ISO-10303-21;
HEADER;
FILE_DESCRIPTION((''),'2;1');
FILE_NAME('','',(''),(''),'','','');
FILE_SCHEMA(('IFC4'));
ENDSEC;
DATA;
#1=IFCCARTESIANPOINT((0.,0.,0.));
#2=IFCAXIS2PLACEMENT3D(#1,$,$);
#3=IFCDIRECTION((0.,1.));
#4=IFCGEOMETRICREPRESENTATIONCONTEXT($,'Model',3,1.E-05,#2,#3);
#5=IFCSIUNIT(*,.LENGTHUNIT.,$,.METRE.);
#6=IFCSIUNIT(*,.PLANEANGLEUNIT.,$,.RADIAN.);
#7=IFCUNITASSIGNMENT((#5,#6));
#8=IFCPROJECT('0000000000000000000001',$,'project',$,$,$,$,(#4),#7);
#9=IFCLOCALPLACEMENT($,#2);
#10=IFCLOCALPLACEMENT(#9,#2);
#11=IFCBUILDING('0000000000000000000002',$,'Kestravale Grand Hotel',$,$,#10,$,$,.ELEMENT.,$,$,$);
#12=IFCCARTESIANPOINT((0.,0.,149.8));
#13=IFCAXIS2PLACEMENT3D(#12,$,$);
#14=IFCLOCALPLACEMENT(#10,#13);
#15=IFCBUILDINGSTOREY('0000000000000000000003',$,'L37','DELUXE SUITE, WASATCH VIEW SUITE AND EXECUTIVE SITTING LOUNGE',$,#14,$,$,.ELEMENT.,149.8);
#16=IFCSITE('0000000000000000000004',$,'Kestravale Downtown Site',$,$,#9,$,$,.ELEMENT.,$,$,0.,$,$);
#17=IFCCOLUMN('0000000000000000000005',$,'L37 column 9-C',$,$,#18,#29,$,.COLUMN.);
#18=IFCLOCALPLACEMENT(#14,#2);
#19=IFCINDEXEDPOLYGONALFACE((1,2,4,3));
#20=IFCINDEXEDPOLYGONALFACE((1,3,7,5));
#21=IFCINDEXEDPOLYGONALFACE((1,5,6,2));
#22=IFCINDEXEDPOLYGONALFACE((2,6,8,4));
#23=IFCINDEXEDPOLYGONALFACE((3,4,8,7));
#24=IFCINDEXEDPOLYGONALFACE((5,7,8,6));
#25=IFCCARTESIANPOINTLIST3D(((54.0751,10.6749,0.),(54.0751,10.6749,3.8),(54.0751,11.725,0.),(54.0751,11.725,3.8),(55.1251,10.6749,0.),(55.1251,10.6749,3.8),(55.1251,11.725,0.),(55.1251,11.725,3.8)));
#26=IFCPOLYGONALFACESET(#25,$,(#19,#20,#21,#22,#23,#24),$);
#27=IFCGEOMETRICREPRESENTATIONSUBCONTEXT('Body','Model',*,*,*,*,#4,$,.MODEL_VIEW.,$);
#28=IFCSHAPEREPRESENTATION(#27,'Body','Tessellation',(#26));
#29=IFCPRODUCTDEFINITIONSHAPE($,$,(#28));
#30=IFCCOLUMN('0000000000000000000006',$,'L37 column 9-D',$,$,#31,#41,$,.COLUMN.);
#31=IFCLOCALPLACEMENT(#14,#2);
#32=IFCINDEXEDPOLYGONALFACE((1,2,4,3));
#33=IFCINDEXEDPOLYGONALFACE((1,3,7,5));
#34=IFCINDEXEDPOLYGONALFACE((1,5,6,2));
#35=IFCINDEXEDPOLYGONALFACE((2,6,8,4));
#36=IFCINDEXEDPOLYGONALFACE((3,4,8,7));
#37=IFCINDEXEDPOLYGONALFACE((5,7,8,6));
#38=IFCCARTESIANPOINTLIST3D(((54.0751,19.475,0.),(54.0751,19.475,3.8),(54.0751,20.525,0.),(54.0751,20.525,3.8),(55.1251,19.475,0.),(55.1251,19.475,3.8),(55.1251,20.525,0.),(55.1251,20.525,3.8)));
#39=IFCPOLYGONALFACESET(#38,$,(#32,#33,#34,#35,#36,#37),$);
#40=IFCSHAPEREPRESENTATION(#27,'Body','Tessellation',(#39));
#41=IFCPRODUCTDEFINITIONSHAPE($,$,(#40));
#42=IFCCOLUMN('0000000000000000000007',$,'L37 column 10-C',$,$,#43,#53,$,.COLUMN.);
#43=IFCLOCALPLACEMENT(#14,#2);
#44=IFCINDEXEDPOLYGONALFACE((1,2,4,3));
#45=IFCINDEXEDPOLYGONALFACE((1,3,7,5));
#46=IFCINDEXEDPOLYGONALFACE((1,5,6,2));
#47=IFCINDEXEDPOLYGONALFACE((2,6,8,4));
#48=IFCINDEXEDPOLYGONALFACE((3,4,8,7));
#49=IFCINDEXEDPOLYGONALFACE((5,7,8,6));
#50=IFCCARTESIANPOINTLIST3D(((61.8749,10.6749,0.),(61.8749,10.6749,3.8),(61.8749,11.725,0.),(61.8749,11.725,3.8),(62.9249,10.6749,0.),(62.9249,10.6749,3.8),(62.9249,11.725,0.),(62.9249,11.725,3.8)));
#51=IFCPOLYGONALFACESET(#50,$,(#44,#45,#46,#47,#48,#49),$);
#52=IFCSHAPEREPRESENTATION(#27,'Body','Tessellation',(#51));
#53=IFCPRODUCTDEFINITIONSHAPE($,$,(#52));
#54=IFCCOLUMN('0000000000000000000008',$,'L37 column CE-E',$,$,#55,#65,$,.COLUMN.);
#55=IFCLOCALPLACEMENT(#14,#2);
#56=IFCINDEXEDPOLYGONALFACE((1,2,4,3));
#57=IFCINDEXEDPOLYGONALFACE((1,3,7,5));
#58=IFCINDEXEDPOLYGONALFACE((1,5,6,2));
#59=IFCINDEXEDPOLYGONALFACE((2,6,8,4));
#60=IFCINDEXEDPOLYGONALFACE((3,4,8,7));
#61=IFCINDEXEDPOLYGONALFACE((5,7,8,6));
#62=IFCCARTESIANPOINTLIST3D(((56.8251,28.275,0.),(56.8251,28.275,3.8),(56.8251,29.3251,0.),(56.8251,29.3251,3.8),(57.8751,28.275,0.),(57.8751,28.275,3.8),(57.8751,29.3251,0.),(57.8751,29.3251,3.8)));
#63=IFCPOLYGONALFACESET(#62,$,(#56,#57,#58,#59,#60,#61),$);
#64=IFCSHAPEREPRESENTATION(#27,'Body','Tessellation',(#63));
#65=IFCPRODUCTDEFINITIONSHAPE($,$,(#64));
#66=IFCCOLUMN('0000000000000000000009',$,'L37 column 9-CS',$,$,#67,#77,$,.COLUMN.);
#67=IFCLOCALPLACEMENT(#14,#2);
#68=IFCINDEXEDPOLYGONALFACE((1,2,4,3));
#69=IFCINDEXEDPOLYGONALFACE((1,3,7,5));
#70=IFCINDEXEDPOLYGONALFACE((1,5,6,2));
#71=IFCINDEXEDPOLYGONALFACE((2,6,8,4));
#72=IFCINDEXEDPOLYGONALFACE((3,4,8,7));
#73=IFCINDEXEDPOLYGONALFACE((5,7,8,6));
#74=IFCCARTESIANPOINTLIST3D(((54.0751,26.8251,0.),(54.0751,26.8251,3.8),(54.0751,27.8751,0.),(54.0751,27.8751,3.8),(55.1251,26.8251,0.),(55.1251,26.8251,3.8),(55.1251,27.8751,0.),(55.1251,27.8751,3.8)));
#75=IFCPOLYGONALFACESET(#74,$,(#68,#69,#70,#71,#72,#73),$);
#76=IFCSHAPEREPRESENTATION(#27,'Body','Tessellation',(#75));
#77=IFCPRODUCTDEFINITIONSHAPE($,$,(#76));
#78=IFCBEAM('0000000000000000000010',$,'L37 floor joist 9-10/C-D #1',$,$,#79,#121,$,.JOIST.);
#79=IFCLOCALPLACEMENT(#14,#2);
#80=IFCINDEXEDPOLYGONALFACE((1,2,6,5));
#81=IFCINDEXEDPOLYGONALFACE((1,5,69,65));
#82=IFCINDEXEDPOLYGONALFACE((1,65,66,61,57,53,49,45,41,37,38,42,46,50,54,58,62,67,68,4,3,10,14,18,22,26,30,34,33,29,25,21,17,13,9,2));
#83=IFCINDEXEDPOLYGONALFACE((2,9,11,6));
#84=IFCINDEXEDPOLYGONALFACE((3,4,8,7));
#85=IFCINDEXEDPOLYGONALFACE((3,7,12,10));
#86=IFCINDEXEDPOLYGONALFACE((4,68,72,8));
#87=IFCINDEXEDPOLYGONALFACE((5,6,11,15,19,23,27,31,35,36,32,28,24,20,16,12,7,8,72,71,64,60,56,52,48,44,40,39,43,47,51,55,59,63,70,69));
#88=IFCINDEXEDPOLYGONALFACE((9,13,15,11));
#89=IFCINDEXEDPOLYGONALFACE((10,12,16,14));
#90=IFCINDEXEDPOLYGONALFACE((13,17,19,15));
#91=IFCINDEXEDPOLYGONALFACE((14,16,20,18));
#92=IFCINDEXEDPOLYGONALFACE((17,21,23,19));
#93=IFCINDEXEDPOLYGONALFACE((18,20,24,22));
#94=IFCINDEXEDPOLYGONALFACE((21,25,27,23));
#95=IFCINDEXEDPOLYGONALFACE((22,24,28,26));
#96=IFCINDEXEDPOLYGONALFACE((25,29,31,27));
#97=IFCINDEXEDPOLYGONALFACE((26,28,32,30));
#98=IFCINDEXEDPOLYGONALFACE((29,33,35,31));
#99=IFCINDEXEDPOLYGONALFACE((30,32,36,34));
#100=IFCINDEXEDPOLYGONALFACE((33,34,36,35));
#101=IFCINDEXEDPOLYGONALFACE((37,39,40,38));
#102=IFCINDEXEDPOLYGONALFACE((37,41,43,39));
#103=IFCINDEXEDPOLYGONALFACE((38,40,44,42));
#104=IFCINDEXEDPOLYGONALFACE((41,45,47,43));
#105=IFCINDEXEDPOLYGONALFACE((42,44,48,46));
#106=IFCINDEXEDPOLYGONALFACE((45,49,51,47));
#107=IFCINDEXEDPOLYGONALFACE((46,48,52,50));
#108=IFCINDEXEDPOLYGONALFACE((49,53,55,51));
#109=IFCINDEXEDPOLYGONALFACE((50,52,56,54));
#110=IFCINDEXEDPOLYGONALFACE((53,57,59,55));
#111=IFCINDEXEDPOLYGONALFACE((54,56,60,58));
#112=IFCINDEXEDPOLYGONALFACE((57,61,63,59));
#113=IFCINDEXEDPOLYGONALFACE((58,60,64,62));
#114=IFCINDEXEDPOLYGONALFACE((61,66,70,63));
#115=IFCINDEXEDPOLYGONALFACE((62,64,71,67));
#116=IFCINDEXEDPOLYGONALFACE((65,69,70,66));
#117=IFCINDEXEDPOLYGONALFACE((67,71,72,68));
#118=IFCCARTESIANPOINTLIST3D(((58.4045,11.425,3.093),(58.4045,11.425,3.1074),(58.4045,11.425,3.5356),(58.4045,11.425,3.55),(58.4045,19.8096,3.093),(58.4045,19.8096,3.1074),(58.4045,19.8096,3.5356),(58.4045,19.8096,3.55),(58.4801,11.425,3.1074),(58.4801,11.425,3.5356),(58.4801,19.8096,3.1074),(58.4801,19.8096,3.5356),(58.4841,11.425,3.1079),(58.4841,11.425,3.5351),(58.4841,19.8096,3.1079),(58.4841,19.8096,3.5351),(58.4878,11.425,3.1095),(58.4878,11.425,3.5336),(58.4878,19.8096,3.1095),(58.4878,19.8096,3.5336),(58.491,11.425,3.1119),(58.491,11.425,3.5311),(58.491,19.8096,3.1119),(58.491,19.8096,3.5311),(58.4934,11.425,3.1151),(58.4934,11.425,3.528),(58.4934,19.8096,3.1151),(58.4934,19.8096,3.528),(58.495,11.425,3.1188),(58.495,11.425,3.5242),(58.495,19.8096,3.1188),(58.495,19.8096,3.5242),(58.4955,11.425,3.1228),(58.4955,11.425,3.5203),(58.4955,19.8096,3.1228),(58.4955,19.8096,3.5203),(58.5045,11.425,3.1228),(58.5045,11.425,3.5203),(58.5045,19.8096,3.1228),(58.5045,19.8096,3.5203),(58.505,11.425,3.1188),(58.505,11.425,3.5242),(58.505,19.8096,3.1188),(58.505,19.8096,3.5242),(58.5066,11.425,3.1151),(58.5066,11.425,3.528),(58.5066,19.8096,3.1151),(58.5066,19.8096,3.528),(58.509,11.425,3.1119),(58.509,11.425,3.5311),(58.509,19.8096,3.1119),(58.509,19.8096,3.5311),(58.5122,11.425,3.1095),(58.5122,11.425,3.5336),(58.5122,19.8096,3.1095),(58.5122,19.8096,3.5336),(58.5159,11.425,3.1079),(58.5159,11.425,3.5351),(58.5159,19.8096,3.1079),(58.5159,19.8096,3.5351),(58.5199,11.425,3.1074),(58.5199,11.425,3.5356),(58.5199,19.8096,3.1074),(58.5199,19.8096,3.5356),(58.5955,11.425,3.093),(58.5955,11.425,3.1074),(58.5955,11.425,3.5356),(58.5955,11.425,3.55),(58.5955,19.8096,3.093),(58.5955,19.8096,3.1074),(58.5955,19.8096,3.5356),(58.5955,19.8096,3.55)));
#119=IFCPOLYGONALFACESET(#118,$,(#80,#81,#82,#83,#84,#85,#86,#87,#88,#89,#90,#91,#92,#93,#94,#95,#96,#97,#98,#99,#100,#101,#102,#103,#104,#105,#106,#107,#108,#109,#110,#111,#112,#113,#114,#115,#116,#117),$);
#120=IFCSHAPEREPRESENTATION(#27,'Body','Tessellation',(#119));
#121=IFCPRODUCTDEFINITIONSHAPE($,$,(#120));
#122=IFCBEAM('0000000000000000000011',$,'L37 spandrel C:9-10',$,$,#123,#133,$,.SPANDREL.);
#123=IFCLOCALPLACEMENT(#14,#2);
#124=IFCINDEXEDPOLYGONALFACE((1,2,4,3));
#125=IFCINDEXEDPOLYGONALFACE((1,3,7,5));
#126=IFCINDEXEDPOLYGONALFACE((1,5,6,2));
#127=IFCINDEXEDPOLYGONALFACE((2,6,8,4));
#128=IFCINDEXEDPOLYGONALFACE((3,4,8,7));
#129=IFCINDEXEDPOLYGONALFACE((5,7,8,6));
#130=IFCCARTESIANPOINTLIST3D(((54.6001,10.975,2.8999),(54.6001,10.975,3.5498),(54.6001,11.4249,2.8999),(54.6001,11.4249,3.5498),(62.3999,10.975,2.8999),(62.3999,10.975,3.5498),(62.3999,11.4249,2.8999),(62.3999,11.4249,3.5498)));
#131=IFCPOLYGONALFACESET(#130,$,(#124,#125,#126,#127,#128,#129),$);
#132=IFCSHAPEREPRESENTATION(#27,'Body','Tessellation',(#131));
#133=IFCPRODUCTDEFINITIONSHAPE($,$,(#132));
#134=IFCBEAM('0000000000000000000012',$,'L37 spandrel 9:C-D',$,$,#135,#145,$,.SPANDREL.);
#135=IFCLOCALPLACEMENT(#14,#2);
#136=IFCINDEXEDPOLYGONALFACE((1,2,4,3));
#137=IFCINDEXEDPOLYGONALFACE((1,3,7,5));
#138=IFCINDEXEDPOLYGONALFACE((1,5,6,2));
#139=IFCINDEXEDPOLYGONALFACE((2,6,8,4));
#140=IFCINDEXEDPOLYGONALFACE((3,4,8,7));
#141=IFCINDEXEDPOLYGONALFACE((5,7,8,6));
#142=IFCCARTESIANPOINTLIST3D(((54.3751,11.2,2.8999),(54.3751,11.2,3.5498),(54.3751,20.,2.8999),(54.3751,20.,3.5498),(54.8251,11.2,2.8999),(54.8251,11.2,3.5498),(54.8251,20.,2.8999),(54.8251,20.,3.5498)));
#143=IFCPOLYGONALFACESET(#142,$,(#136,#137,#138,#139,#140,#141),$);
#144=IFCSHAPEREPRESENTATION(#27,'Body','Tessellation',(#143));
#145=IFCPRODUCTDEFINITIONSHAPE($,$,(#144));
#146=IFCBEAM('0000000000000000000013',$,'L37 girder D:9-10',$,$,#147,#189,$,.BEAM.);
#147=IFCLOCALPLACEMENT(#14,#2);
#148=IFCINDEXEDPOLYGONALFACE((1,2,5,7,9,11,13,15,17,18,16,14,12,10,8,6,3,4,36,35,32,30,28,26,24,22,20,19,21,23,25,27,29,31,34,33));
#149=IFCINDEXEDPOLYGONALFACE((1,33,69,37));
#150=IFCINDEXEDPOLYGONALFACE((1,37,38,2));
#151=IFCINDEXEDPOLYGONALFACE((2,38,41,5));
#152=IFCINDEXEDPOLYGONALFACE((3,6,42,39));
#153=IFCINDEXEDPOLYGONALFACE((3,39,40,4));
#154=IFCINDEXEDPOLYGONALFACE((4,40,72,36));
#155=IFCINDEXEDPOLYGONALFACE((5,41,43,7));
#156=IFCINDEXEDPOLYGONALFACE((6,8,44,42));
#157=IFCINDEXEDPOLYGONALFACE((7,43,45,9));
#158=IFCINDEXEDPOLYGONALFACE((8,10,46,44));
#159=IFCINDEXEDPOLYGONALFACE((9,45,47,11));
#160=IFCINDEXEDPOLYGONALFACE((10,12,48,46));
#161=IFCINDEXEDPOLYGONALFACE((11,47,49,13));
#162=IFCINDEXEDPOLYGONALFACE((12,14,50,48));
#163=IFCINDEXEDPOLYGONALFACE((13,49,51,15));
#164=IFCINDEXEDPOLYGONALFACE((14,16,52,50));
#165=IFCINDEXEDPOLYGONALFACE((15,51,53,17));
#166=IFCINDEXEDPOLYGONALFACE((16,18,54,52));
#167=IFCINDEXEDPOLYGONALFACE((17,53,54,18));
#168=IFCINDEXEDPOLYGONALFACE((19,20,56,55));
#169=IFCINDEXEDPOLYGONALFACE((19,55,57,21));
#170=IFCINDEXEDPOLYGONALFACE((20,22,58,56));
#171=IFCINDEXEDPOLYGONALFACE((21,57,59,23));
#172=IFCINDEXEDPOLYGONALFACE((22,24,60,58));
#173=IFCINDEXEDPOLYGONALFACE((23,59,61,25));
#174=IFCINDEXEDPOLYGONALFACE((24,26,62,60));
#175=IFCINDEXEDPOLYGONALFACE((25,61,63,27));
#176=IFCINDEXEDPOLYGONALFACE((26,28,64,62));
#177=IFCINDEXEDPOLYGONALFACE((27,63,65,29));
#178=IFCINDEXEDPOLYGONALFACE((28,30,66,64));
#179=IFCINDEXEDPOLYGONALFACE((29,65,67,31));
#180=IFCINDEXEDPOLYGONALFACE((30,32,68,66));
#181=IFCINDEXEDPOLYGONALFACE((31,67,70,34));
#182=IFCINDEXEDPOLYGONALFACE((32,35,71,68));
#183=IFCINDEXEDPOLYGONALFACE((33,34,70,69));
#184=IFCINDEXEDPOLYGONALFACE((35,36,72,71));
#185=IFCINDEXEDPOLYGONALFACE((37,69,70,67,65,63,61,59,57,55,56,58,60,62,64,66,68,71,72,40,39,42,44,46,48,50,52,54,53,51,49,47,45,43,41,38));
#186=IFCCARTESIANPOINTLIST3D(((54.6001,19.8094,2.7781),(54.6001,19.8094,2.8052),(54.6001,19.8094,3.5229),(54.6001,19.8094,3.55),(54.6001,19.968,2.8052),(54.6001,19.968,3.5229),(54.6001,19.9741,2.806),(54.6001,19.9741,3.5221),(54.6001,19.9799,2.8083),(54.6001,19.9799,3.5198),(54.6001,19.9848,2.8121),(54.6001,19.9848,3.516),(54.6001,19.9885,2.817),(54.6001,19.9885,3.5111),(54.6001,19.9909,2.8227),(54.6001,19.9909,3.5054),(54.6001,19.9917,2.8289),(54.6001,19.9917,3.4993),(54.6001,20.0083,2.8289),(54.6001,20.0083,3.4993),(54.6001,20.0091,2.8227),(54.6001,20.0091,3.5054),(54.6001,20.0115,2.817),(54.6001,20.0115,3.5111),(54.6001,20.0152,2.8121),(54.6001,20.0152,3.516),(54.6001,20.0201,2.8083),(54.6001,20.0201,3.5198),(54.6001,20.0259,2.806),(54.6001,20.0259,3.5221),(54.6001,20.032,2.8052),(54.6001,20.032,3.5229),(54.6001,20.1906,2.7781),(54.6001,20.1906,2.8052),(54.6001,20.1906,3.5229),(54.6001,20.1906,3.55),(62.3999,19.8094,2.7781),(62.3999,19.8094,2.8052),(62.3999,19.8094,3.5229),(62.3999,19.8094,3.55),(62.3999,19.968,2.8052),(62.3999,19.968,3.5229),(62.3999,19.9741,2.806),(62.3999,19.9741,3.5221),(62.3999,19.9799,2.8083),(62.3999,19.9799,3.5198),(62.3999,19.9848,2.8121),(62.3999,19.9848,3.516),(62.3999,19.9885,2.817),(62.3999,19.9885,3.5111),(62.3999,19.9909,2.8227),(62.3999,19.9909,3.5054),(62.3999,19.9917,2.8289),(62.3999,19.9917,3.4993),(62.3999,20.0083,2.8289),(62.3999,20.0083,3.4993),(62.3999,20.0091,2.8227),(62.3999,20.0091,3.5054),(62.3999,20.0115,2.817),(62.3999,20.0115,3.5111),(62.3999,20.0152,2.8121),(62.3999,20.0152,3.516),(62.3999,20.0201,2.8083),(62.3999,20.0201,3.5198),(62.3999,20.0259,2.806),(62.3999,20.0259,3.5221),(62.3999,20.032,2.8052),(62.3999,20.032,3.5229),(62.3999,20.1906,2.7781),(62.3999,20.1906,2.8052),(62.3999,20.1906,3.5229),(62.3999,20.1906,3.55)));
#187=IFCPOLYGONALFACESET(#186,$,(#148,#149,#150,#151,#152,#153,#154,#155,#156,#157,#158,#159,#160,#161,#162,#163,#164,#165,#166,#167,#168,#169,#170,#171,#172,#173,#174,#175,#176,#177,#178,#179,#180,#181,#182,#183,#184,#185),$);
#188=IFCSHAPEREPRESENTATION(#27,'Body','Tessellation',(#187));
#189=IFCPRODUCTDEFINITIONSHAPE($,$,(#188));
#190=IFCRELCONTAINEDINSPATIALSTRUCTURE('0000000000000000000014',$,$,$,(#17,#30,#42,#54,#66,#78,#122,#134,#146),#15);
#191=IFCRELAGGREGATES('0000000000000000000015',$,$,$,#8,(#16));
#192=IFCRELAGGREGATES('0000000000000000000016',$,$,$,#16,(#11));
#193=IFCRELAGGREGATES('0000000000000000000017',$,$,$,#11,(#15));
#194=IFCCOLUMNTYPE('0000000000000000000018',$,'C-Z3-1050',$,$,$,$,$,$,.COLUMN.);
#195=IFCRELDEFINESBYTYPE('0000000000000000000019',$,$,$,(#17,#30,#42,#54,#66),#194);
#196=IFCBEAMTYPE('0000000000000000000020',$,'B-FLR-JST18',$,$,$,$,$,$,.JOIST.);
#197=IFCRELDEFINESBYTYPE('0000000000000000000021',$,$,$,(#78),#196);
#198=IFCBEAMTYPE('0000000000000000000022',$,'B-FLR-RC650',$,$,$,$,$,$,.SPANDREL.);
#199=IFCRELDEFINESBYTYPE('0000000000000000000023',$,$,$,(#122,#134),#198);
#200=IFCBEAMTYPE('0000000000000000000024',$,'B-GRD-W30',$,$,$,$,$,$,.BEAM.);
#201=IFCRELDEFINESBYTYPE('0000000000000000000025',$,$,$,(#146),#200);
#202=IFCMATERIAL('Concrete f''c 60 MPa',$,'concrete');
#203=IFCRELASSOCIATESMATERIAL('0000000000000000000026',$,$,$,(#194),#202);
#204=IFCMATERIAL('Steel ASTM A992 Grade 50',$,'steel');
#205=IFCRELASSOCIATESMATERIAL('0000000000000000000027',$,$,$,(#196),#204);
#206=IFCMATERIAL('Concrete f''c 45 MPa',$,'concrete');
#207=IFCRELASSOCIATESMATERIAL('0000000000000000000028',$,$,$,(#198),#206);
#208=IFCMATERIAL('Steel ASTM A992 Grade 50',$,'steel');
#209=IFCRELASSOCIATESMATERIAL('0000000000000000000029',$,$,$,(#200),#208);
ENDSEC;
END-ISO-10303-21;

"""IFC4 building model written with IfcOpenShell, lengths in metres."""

from ifc_helpers import new_model, si_unit, direction, frame, origin, origin_2d, place, context, subcontext, project, spatial, rectangle, i_section, extrude, material, material_profile, profile_set, type_object, element, save


model = new_model("IFC4")

# Units and contexts
model_context = context("Model", 3, precision=1e-05, world=origin(), true_north=direction((0.0, 1.0)))
body_context = subcontext(model_context, "Body", "Model", "MODEL_VIEW")
ifc_project = project(units=[si_unit("LENGTHUNIT", "METRE"), si_unit("PLANEANGLEUNIT", "RADIAN")], contexts=[model_context])

# Site, building, storey
site_placement = place(None, origin())
site = spatial("IfcSite", under=ifc_project, at=site_placement, Name="Kestravale Downtown Site", CompositionType="ELEMENT", RefElevation=0.0)
building_placement = place(site_placement, origin())
building = spatial("IfcBuilding", under=site, at=building_placement, Name="Kestravale Grand Hotel", CompositionType="ELEMENT")
storey_placement = place(building_placement, frame((0.0, 0.0, 149.8)))
storey = spatial("IfcBuildingStorey", under=building, at=storey_placement, Name="L37", Description="DELUXE SUITE, WASATCH VIEW SUITE AND EXECUTIVE SITTING LOUNGE", CompositionType="ELEMENT", Elevation=149.8)

# Columns
ifc_material_1 = material(Name="Concrete f'c 60 MPa", Category="concrete")
ifc_material_profile_1 = material_profile(ifc_material_1, rectangle(XDim=1.05, YDim=1.05, at=origin_2d()))
ifc_profile_set_1 = profile_set([ifc_material_profile_1], Name="Concrete f'c 60 MPa")
column_type = type_object("IfcColumnType", Name="C-Z3-1050", PredefinedType="COLUMN", material=ifc_profile_set_1)
for number, where, z_axis, x_axis, name in (
    (1, (54.6001, 11.2, 0.0), (0.0, 0.0, 1.0), (1.0, 0.0, 0.0), "L37 column 9-C"),
    (2, (54.6001, 20.0, 0.0), (0.0, 0.0, 1.0), (1.0, 0.0, 0.0), "L37 column 9-D"),
    (3, (62.3999, 11.2, 0.0), (0.0, 0.0, 1.0), (1.0, 0.0, 0.0), "L37 column 10-C"),
    (4, (57.3501, 28.8, 0.0), (0.0, 0.0, 1.0), (1.0, 0.0, 0.0), "L37 column CE-E"),
    (5, (54.6001, 27.3501, 0.0), (0.0, 0.0, 1.0), (1.0, 0.0, 0.0), "L37 column 9-CS"),
):
    element("IfcColumn", number, at=place(storey_placement, frame(where, z_axis=z_axis, x_axis=x_axis)), inside=storey, type_object=column_type, Name=name, PredefinedType="COLUMN", context=body_context, shape_type="SweptSolid", body=[
        extrude(rectangle(XDim=1.05, YDim=1.05, at=origin_2d()), origin(), (0.0, 0.0, 1.0), 3.8),
    ])

# Beams
ifc_material_2 = material(Name="Steel ASTM A992 Grade 50", Category="steel")
ifc_material_profile_2 = material_profile(ifc_material_2, i_section(OverallWidth=0.1909, OverallDepth=0.457, WebThickness=0.009, FlangeThickness=0.0144, FilletRadius=0.0154, at=origin_2d()))
ifc_profile_set_2 = profile_set([ifc_material_profile_2], Name="Steel ASTM A992 Grade 50")
beam_type_1 = type_object("IfcBeamType", Name="B-FLR-JST18", PredefinedType="JOIST", material=ifc_profile_set_2)
beam_1_placement = place(storey_placement, frame((58.5, 11.425, 3.3215), z_axis=(0.0, 1.0, 0.0), x_axis=(-1.0, 0.0, 0.0)))
element("IfcBeam", 6, at=beam_1_placement, inside=storey, type_object=beam_type_1, Name="L37 floor joist 9-10/C-D #1", PredefinedType="JOIST", context=body_context, shape_type="SweptSolid", body=[
    extrude(i_section(OverallWidth=0.1909, OverallDepth=0.457, WebThickness=0.009, FlangeThickness=0.0144, FilletRadius=0.0154, at=origin_2d()), origin(), (0.0, 0.0, 1.0), 8.3845),
])
ifc_material_3 = material(Name="Concrete f'c 45 MPa", Category="concrete")
ifc_material_profile_3 = material_profile(ifc_material_3, rectangle(XDim=0.45, YDim=0.6499, at=origin_2d()))
ifc_profile_set_3 = profile_set([ifc_material_profile_3], Name="Concrete f'c 45 MPa")
beam_type_2 = type_object("IfcBeamType", Name="B-FLR-RC650", PredefinedType="SPANDREL", material=ifc_profile_set_3)
beam_2_placement = place(storey_placement, frame((54.6001, 11.2, 3.2249), z_axis=(1.0, 0.0, 0.0), x_axis=(0.0, 1.0, 0.0)))
element("IfcBeam", 7, at=beam_2_placement, inside=storey, type_object=beam_type_2, Name="L37 spandrel C:9-10", PredefinedType="SPANDREL", context=body_context, shape_type="SweptSolid", body=[
    extrude(rectangle(XDim=0.45, YDim=0.6499, at=origin_2d()), origin(), (0.0, 0.0, 1.0), 7.7998),
])
beam_3_placement = place(storey_placement, frame((54.6001, 11.2, 3.2249), z_axis=(0.0, 1.0, 0.0), x_axis=(-1.0, 0.0, 0.0)))
element("IfcBeam", 8, at=beam_3_placement, inside=storey, type_object=beam_type_2, Name="L37 spandrel 9:C-D", PredefinedType="SPANDREL", context=body_context, shape_type="SweptSolid", body=[
    extrude(rectangle(XDim=0.45, YDim=0.6499, at=origin_2d()), origin(), (0.0, 0.0, 1.0), 8.8),
])
ifc_material_4 = material(Name="Steel ASTM A992 Grade 50", Category="steel")
ifc_material_profile_4 = material_profile(ifc_material_4, i_section(OverallWidth=0.3811, OverallDepth=0.772, WebThickness=0.0166, FlangeThickness=0.0271, FilletRadius=0.0237, at=origin_2d()))
ifc_profile_set_4 = profile_set([ifc_material_profile_4], Name="Steel ASTM A992 Grade 50")
beam_type_3 = type_object("IfcBeamType", Name="B-GRD-W30", PredefinedType="BEAM", material=ifc_profile_set_4)
beam_4_placement = place(storey_placement, frame((54.6001, 20.0, 3.1641), z_axis=(1.0, 0.0, 0.0), x_axis=(0.0, 1.0, 0.0)))
element("IfcBeam", 9, at=beam_4_placement, inside=storey, type_object=beam_type_3, Name="L37 girder D:9-10", PredefinedType="BEAM", context=body_context, shape_type="SweptSolid", body=[
    extrude(i_section(OverallWidth=0.3811, OverallDepth=0.772, WebThickness=0.0166, FlangeThickness=0.0271, FilletRadius=0.0237, at=origin_2d()), origin(), (0.0, 0.0, 1.0), 7.7998),
])

save(model, "model.ifc")
